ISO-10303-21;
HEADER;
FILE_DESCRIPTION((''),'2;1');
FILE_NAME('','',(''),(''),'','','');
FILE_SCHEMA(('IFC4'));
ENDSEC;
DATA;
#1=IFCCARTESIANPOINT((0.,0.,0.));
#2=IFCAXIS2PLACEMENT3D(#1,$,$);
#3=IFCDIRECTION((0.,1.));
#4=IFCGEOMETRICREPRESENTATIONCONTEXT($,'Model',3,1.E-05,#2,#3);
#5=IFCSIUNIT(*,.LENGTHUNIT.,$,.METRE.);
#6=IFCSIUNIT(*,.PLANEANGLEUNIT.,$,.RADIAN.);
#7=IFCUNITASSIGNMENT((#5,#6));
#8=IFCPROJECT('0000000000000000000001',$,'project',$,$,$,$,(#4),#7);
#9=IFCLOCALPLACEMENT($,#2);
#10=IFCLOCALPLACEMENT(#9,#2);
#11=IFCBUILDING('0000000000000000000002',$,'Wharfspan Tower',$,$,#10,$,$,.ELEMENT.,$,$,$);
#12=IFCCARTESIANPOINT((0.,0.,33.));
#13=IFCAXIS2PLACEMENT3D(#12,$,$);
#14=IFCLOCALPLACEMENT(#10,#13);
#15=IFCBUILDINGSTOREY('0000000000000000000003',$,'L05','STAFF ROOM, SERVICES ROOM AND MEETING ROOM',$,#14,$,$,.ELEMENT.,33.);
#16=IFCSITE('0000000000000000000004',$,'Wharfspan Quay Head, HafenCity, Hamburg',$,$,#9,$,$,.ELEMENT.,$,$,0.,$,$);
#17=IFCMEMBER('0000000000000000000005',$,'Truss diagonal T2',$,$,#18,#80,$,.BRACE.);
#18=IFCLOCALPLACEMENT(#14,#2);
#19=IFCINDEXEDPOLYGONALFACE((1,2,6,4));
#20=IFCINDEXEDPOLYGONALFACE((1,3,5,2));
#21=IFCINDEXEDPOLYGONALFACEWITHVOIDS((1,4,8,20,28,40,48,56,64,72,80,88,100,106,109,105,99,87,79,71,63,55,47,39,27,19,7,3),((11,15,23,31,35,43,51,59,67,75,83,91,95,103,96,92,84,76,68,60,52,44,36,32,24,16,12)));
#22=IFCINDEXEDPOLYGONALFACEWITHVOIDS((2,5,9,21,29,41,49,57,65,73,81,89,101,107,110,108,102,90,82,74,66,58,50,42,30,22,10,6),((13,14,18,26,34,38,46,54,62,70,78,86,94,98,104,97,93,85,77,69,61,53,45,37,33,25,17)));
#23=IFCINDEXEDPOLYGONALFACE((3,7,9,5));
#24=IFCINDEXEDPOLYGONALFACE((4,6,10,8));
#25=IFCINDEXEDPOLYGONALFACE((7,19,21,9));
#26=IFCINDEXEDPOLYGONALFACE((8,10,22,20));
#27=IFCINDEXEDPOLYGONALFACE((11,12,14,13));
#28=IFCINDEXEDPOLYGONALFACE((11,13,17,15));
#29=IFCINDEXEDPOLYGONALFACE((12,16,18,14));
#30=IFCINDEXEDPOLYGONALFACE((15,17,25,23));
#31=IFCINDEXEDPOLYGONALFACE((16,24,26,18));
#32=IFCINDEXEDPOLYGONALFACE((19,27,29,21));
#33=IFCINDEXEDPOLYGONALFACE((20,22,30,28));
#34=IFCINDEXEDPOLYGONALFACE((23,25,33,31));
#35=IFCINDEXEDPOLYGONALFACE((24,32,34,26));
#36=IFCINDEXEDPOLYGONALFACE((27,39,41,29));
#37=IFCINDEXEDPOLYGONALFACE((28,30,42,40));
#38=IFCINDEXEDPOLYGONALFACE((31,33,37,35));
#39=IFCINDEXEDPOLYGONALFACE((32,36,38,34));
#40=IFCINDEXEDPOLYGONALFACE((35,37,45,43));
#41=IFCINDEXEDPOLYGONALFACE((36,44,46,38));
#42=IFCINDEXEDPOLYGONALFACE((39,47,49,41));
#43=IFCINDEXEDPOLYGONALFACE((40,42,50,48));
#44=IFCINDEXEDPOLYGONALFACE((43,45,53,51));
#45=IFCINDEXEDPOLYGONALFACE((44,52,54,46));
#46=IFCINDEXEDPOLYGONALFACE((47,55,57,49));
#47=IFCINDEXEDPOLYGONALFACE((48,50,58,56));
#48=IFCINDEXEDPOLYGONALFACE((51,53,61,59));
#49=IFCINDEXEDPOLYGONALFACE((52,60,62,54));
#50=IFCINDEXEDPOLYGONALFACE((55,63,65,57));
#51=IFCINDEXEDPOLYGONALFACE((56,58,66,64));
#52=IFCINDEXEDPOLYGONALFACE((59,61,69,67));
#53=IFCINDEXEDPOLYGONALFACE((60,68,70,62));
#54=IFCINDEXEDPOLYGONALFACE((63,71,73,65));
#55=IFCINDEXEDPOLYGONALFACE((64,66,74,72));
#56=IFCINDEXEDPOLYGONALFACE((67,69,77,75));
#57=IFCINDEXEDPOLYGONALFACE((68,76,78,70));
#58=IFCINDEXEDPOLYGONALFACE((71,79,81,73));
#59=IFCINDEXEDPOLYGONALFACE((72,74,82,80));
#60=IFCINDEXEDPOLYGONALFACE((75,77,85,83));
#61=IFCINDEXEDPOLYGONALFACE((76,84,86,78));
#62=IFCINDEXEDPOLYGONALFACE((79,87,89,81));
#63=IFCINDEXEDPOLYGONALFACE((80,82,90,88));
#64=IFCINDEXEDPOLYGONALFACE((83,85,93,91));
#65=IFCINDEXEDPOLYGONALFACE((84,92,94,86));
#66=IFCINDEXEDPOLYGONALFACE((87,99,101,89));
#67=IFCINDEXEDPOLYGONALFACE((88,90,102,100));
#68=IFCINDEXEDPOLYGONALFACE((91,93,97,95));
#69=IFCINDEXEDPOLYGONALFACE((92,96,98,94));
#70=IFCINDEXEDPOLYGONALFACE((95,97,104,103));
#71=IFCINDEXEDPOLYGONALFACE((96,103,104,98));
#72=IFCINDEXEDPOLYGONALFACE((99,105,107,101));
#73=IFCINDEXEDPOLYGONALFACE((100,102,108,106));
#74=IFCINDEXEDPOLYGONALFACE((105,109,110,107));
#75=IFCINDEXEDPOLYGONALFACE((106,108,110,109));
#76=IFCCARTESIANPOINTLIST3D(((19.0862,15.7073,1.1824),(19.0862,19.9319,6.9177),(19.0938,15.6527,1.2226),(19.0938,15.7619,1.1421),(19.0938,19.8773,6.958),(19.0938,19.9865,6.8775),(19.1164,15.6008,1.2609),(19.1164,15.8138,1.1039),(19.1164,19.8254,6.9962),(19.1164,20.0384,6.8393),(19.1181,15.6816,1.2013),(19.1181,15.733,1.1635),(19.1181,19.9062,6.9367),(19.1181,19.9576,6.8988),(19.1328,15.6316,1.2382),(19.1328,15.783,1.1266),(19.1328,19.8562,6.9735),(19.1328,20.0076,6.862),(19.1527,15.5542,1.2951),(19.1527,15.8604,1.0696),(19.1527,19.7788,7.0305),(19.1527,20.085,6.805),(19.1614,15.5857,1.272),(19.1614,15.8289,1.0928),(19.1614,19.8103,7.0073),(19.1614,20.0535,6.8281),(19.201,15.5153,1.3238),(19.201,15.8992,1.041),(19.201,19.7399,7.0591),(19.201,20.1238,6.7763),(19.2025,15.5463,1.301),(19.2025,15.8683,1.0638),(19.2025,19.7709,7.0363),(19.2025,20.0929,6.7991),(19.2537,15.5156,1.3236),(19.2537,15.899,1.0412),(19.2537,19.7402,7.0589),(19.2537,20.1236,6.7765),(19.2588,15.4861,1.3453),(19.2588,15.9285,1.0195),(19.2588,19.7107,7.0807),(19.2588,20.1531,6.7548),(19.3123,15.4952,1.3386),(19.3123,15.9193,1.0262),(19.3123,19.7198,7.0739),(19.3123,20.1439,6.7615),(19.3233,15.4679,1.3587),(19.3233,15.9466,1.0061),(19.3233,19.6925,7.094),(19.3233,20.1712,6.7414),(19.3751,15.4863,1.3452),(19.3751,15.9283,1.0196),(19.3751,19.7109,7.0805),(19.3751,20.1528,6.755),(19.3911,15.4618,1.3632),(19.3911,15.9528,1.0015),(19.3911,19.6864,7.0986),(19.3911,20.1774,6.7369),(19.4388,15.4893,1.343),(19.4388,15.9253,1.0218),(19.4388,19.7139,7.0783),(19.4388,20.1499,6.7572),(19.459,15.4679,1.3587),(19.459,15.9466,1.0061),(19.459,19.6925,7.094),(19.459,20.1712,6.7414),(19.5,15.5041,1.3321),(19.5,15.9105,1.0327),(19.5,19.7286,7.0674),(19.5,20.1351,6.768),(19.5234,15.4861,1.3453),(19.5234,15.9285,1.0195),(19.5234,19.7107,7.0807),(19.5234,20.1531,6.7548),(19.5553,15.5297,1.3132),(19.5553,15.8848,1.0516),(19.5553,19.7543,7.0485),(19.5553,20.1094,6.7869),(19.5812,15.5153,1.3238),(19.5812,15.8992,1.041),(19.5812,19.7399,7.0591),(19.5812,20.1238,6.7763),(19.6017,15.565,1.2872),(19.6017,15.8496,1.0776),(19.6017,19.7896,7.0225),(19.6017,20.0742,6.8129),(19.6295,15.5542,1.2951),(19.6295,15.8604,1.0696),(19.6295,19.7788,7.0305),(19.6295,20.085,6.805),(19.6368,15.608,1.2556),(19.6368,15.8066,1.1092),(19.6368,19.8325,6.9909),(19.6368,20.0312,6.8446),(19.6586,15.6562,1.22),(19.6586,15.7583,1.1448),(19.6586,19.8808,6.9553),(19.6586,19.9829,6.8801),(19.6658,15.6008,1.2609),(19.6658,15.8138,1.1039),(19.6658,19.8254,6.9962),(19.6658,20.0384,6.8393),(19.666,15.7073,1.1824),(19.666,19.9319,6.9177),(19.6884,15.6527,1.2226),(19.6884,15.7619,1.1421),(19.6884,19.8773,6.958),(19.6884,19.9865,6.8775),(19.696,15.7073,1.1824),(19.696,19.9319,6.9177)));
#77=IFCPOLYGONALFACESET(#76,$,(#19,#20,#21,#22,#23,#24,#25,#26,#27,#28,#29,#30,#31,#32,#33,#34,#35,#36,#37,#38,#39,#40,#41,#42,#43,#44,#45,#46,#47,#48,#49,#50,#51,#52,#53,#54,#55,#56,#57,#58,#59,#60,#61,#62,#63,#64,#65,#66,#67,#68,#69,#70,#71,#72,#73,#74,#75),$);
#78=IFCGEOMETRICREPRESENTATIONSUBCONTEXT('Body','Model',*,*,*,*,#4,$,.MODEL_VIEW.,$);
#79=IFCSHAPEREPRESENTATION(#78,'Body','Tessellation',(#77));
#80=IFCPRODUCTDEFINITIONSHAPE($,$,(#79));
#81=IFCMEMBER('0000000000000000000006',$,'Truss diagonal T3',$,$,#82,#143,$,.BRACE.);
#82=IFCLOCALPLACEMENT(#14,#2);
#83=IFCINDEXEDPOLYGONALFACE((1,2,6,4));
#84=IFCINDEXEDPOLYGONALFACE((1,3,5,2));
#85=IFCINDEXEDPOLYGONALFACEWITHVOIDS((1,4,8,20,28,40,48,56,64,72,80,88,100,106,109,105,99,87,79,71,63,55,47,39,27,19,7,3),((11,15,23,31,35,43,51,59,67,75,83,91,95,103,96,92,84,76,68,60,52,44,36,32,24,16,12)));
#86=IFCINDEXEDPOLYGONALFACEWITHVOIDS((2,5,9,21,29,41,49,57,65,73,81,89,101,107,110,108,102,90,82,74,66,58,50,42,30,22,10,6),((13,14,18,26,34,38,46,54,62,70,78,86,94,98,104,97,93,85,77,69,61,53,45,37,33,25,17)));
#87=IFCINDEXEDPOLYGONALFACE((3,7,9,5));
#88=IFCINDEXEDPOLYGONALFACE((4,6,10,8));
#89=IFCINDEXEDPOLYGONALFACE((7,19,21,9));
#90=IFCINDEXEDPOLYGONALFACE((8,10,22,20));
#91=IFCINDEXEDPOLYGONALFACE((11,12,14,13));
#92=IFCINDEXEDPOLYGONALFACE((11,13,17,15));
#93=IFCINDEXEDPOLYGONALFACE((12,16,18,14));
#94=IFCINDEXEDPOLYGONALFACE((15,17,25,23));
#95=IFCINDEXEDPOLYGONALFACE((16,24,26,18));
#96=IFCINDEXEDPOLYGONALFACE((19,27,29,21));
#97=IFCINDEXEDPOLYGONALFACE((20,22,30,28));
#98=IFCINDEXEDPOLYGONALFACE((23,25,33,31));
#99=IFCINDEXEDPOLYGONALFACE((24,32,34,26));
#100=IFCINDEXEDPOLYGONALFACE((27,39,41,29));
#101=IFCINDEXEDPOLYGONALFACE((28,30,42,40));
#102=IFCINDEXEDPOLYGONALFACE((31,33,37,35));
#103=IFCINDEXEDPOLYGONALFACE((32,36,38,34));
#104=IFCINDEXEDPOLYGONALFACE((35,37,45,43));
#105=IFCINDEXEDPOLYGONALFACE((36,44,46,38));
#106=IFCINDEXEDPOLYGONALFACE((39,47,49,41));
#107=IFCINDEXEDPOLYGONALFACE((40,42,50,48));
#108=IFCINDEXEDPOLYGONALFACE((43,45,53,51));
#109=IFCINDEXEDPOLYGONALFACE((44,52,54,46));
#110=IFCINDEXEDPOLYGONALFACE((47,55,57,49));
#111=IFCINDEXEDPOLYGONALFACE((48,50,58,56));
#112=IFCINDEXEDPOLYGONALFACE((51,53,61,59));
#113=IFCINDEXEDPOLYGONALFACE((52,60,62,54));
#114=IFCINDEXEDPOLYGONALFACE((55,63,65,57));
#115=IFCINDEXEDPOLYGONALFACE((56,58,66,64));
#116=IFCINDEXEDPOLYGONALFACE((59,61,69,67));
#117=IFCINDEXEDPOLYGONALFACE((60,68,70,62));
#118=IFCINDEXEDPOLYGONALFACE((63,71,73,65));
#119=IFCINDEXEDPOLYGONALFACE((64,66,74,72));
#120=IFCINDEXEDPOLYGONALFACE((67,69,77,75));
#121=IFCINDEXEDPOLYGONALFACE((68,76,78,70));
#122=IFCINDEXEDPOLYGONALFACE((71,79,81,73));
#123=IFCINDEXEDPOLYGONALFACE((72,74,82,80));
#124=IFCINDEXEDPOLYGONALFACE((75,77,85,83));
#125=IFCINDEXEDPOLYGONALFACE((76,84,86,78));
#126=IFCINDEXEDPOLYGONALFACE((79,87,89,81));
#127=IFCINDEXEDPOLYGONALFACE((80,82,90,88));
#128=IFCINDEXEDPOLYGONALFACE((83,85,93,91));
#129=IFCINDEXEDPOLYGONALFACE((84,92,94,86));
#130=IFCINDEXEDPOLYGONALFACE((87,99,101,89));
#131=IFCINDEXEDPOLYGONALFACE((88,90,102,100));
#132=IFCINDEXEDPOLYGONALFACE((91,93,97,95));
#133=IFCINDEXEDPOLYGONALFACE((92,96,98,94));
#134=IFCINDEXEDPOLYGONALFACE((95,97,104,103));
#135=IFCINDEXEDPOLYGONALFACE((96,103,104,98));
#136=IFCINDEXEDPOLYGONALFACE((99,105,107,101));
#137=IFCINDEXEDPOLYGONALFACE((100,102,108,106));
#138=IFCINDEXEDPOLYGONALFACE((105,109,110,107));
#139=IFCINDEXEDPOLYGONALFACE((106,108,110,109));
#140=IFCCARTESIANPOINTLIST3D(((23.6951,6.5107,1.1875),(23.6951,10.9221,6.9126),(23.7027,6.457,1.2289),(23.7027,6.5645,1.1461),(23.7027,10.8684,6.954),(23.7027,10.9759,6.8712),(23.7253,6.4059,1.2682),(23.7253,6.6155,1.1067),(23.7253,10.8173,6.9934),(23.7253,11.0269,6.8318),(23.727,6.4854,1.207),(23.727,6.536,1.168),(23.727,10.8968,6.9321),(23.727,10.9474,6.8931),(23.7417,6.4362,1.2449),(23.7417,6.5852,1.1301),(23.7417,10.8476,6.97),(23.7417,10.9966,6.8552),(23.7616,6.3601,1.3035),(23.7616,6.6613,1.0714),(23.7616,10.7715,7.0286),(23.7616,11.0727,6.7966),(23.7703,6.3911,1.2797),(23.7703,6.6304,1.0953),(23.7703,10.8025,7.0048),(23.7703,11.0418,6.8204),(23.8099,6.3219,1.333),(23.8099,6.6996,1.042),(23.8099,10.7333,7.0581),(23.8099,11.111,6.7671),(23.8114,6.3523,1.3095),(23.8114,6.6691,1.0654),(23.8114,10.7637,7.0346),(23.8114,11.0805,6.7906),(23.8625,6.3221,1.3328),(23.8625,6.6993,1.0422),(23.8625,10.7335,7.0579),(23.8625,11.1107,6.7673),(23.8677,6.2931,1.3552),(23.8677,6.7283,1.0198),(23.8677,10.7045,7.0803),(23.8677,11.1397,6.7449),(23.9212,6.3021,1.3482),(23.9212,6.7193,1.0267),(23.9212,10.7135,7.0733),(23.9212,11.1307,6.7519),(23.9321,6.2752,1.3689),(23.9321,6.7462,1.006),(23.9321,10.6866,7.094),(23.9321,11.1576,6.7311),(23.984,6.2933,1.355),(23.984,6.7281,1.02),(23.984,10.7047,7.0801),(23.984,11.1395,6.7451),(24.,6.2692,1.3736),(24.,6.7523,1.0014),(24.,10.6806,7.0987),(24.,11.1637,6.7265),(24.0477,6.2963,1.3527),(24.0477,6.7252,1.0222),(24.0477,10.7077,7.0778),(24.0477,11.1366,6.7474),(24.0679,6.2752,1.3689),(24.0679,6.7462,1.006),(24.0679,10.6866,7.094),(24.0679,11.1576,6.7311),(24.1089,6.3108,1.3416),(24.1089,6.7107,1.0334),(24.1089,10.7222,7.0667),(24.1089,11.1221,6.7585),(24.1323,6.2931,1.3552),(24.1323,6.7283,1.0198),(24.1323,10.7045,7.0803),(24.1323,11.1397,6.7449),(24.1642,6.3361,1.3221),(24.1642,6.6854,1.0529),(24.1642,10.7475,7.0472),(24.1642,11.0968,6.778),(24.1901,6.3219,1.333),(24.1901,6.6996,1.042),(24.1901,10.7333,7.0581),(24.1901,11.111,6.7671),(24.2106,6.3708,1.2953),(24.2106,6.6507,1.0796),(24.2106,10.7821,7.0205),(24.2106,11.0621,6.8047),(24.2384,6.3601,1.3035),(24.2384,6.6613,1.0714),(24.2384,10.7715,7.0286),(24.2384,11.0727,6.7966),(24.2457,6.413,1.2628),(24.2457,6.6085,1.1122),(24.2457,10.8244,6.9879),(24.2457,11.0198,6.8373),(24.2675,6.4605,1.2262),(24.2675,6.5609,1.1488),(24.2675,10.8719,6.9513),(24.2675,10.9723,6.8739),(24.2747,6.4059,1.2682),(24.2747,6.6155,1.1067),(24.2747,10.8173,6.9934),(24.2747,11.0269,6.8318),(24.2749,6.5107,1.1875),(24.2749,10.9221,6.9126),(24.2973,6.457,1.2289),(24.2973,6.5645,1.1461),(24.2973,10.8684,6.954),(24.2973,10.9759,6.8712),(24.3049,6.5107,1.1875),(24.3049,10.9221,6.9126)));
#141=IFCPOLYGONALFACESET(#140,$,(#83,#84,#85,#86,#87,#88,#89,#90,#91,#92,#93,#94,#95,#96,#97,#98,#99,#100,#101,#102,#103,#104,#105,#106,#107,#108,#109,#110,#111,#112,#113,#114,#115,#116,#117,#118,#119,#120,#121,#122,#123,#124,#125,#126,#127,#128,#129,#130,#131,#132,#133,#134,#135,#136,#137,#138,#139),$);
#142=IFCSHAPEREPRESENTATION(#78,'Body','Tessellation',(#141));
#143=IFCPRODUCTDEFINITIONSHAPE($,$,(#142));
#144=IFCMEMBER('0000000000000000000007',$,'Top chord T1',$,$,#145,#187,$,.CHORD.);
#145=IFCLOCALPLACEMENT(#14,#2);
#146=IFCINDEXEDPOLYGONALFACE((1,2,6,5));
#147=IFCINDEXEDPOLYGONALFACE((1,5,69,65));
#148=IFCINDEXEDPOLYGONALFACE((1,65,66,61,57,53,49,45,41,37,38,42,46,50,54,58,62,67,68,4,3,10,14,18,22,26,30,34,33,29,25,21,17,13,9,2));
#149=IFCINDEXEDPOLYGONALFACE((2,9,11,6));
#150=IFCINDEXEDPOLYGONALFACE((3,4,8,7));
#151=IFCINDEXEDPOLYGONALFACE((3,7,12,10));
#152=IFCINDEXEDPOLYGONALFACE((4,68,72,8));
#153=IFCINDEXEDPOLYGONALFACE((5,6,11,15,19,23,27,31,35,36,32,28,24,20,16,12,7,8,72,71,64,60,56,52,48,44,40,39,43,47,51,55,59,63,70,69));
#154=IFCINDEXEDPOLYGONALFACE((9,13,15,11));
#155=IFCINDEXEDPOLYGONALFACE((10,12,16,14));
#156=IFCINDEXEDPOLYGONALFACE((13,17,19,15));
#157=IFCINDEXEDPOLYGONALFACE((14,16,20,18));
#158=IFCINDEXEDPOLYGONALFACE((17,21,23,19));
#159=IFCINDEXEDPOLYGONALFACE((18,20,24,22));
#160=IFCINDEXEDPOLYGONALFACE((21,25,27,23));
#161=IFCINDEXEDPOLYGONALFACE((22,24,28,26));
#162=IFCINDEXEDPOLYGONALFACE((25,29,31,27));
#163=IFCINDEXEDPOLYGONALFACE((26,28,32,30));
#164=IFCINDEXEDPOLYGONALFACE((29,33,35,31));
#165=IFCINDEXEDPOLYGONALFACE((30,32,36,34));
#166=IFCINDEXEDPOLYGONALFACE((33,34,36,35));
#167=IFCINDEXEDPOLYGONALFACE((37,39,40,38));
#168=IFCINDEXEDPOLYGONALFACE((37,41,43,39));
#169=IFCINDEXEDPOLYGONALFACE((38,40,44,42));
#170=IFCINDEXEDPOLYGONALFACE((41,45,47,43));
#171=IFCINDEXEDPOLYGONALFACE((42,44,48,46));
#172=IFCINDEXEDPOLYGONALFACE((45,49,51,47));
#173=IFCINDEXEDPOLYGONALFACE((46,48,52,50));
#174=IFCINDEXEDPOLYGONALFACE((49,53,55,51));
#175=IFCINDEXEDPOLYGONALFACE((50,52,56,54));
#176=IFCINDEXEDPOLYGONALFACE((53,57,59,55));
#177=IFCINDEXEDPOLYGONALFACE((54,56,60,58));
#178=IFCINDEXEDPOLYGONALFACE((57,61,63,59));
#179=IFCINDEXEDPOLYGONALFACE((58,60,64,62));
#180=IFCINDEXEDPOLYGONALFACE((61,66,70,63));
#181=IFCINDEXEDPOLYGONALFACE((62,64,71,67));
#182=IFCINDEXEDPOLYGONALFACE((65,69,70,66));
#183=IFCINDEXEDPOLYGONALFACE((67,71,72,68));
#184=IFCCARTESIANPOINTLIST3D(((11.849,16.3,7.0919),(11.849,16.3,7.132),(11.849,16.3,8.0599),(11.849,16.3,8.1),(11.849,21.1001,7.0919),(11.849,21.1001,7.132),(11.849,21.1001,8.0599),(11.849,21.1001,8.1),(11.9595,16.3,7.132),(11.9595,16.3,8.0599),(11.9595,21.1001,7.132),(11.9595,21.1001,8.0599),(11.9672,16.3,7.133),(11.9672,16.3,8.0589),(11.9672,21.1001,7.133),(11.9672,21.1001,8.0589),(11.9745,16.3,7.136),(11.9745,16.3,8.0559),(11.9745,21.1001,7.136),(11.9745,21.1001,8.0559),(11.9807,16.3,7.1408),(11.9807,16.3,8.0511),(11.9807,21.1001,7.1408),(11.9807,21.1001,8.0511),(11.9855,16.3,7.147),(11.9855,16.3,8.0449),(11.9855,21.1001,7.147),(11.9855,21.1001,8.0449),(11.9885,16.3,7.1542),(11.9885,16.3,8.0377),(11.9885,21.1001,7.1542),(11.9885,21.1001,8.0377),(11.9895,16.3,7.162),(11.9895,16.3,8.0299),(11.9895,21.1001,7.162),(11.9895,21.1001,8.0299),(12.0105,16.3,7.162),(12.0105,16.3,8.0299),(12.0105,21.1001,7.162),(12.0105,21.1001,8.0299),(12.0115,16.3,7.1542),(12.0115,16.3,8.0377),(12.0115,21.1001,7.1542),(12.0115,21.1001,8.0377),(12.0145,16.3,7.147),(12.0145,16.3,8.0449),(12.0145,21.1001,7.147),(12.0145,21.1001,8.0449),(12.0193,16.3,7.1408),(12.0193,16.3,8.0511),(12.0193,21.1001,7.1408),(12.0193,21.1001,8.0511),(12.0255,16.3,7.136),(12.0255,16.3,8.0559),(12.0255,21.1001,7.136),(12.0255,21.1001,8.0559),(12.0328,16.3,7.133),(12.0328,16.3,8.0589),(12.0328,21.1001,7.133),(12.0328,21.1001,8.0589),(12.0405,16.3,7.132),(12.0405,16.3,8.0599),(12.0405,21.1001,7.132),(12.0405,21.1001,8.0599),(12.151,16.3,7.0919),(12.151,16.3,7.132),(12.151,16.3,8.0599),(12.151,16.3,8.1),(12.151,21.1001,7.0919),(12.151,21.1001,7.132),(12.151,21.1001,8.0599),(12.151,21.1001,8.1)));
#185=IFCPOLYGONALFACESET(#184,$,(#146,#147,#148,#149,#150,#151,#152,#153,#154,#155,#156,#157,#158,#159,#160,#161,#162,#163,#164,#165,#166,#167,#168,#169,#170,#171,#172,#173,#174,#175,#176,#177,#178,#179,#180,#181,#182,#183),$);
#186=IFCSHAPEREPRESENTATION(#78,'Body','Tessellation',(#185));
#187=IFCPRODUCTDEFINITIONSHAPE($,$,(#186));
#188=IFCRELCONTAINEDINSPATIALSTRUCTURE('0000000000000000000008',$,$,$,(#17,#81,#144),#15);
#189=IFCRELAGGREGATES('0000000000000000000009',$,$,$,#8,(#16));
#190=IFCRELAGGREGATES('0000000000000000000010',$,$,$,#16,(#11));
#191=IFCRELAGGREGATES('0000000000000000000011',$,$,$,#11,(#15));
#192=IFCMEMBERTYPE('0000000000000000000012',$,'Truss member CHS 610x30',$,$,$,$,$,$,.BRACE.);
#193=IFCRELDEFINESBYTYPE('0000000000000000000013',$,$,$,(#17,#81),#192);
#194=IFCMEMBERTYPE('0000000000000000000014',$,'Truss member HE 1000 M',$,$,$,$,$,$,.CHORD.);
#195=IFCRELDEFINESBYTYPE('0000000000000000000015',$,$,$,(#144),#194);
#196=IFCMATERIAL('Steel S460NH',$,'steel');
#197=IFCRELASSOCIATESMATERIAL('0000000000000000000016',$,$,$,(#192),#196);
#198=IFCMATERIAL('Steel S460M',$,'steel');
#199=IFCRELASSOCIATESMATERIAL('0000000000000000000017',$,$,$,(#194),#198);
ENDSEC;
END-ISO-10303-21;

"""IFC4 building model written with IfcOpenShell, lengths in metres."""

from ifc_helpers import new_model, si_unit, direction, frame, origin, origin_2d, place, context, subcontext, project, spatial, hollow_circle, i_section, extrude, material, material_profile, profile_set, type_object, element, save


model = new_model("IFC4")

# Units and contexts
model_context = context("Model", 3, precision=1e-05, world=origin(), true_north=direction((0.0, 1.0)))
body_context = subcontext(model_context, "Body", "Model", "MODEL_VIEW")
ifc_project = project(units=[si_unit("LENGTHUNIT", "METRE"), si_unit("PLANEANGLEUNIT", "RADIAN")], contexts=[model_context])

# Site, building, storey
site_placement = place(None, origin())
site = spatial("IfcSite", under=ifc_project, at=site_placement, Name="Wharfspan Quay Head, HafenCity, Hamburg", CompositionType="ELEMENT", RefElevation=0.0)
building_placement = place(site_placement, origin())
building = spatial("IfcBuilding", under=site, at=building_placement, Name="Wharfspan Tower", CompositionType="ELEMENT")
storey_placement = place(building_placement, frame((0.0, 0.0, 33.0)))
storey = spatial("IfcBuildingStorey", under=building, at=storey_placement, Name="L05", Description="STAFF ROOM, SERVICES ROOM AND MEETING ROOM", CompositionType="ELEMENT", Elevation=33.0)

# Members
ifc_material_1 = material(Name="Steel S460NH", Category="steel")
ifc_material_profile_1 = material_profile(ifc_material_1, hollow_circle(Radius=0.3049, WallThickness=0.03, at=origin_2d()))
ifc_profile_set_1 = profile_set([ifc_material_profile_1], Name="Steel S460NH")
member_type_1 = type_object("IfcMemberType", Name="Truss member CHS 610x30", PredefinedType="BRACE", material=ifc_profile_set_1)
member_1_placement = place(storey_placement, frame((19.3911, 19.9319, 6.9177), z_axis=(0.0, -0.593068, -0.805152), x_axis=(1.0, 0.0, 0.0)))
element("IfcMember", 1, at=member_1_placement, inside=storey, type_object=member_type_1, Name="Truss diagonal T2", PredefinedType="BRACE", context=body_context, shape_type="SweptSolid", body=[
    extrude(hollow_circle(Radius=0.3049, WallThickness=0.03, at=origin_2d()), origin(), (0.0, 0.0, 1.0), 7.1233),
])
member_2_placement = place(storey_placement, frame((24.0, 10.9221, 6.9126), z_axis=(0.0, -0.610359, -0.792125), x_axis=(1.0, 0.0, 0.0)))
element("IfcMember", 2, at=member_2_placement, inside=storey, type_object=member_type_1, Name="Truss diagonal T3", PredefinedType="BRACE", context=body_context, shape_type="SweptSolid", body=[
    extrude(hollow_circle(Radius=0.3049, WallThickness=0.03, at=origin_2d()), origin(), (0.0, 0.0, 1.0), 7.2275),
])
ifc_material_2 = material(Name="Steel S460M", Category="steel")
ifc_material_profile_2 = material_profile(ifc_material_2, i_section(OverallWidth=0.302, OverallDepth=1.0081, WebThickness=0.021, FlangeThickness=0.04, FilletRadius=0.03, at=origin_2d()))
ifc_profile_set_2 = profile_set([ifc_material_profile_2], Name="Steel S460M")
member_type_2 = type_object("IfcMemberType", Name="Truss member HE 1000 M", PredefinedType="CHORD", material=ifc_profile_set_2)
for number, where, z_axis, x_axis, name in (
    (3, (12.0, 16.3, 7.5959), (0.0, 1.0, 0.0), (-1.0, 0.0, 0.0), "Top chord T1"),
):
    element("IfcMember", number, at=place(storey_placement, frame(where, z_axis=z_axis, x_axis=x_axis)), inside=storey, type_object=member_type_2, Name=name, PredefinedType="CHORD", context=body_context, shape_type="SweptSolid", body=[
        extrude(i_section(OverallWidth=0.302, OverallDepth=1.0081, WebThickness=0.021, FlangeThickness=0.04, FilletRadius=0.03, at=origin_2d()), origin(), (0.0, 0.0, 1.0), 4.8),
    ])

save(model, "model.ifc")
